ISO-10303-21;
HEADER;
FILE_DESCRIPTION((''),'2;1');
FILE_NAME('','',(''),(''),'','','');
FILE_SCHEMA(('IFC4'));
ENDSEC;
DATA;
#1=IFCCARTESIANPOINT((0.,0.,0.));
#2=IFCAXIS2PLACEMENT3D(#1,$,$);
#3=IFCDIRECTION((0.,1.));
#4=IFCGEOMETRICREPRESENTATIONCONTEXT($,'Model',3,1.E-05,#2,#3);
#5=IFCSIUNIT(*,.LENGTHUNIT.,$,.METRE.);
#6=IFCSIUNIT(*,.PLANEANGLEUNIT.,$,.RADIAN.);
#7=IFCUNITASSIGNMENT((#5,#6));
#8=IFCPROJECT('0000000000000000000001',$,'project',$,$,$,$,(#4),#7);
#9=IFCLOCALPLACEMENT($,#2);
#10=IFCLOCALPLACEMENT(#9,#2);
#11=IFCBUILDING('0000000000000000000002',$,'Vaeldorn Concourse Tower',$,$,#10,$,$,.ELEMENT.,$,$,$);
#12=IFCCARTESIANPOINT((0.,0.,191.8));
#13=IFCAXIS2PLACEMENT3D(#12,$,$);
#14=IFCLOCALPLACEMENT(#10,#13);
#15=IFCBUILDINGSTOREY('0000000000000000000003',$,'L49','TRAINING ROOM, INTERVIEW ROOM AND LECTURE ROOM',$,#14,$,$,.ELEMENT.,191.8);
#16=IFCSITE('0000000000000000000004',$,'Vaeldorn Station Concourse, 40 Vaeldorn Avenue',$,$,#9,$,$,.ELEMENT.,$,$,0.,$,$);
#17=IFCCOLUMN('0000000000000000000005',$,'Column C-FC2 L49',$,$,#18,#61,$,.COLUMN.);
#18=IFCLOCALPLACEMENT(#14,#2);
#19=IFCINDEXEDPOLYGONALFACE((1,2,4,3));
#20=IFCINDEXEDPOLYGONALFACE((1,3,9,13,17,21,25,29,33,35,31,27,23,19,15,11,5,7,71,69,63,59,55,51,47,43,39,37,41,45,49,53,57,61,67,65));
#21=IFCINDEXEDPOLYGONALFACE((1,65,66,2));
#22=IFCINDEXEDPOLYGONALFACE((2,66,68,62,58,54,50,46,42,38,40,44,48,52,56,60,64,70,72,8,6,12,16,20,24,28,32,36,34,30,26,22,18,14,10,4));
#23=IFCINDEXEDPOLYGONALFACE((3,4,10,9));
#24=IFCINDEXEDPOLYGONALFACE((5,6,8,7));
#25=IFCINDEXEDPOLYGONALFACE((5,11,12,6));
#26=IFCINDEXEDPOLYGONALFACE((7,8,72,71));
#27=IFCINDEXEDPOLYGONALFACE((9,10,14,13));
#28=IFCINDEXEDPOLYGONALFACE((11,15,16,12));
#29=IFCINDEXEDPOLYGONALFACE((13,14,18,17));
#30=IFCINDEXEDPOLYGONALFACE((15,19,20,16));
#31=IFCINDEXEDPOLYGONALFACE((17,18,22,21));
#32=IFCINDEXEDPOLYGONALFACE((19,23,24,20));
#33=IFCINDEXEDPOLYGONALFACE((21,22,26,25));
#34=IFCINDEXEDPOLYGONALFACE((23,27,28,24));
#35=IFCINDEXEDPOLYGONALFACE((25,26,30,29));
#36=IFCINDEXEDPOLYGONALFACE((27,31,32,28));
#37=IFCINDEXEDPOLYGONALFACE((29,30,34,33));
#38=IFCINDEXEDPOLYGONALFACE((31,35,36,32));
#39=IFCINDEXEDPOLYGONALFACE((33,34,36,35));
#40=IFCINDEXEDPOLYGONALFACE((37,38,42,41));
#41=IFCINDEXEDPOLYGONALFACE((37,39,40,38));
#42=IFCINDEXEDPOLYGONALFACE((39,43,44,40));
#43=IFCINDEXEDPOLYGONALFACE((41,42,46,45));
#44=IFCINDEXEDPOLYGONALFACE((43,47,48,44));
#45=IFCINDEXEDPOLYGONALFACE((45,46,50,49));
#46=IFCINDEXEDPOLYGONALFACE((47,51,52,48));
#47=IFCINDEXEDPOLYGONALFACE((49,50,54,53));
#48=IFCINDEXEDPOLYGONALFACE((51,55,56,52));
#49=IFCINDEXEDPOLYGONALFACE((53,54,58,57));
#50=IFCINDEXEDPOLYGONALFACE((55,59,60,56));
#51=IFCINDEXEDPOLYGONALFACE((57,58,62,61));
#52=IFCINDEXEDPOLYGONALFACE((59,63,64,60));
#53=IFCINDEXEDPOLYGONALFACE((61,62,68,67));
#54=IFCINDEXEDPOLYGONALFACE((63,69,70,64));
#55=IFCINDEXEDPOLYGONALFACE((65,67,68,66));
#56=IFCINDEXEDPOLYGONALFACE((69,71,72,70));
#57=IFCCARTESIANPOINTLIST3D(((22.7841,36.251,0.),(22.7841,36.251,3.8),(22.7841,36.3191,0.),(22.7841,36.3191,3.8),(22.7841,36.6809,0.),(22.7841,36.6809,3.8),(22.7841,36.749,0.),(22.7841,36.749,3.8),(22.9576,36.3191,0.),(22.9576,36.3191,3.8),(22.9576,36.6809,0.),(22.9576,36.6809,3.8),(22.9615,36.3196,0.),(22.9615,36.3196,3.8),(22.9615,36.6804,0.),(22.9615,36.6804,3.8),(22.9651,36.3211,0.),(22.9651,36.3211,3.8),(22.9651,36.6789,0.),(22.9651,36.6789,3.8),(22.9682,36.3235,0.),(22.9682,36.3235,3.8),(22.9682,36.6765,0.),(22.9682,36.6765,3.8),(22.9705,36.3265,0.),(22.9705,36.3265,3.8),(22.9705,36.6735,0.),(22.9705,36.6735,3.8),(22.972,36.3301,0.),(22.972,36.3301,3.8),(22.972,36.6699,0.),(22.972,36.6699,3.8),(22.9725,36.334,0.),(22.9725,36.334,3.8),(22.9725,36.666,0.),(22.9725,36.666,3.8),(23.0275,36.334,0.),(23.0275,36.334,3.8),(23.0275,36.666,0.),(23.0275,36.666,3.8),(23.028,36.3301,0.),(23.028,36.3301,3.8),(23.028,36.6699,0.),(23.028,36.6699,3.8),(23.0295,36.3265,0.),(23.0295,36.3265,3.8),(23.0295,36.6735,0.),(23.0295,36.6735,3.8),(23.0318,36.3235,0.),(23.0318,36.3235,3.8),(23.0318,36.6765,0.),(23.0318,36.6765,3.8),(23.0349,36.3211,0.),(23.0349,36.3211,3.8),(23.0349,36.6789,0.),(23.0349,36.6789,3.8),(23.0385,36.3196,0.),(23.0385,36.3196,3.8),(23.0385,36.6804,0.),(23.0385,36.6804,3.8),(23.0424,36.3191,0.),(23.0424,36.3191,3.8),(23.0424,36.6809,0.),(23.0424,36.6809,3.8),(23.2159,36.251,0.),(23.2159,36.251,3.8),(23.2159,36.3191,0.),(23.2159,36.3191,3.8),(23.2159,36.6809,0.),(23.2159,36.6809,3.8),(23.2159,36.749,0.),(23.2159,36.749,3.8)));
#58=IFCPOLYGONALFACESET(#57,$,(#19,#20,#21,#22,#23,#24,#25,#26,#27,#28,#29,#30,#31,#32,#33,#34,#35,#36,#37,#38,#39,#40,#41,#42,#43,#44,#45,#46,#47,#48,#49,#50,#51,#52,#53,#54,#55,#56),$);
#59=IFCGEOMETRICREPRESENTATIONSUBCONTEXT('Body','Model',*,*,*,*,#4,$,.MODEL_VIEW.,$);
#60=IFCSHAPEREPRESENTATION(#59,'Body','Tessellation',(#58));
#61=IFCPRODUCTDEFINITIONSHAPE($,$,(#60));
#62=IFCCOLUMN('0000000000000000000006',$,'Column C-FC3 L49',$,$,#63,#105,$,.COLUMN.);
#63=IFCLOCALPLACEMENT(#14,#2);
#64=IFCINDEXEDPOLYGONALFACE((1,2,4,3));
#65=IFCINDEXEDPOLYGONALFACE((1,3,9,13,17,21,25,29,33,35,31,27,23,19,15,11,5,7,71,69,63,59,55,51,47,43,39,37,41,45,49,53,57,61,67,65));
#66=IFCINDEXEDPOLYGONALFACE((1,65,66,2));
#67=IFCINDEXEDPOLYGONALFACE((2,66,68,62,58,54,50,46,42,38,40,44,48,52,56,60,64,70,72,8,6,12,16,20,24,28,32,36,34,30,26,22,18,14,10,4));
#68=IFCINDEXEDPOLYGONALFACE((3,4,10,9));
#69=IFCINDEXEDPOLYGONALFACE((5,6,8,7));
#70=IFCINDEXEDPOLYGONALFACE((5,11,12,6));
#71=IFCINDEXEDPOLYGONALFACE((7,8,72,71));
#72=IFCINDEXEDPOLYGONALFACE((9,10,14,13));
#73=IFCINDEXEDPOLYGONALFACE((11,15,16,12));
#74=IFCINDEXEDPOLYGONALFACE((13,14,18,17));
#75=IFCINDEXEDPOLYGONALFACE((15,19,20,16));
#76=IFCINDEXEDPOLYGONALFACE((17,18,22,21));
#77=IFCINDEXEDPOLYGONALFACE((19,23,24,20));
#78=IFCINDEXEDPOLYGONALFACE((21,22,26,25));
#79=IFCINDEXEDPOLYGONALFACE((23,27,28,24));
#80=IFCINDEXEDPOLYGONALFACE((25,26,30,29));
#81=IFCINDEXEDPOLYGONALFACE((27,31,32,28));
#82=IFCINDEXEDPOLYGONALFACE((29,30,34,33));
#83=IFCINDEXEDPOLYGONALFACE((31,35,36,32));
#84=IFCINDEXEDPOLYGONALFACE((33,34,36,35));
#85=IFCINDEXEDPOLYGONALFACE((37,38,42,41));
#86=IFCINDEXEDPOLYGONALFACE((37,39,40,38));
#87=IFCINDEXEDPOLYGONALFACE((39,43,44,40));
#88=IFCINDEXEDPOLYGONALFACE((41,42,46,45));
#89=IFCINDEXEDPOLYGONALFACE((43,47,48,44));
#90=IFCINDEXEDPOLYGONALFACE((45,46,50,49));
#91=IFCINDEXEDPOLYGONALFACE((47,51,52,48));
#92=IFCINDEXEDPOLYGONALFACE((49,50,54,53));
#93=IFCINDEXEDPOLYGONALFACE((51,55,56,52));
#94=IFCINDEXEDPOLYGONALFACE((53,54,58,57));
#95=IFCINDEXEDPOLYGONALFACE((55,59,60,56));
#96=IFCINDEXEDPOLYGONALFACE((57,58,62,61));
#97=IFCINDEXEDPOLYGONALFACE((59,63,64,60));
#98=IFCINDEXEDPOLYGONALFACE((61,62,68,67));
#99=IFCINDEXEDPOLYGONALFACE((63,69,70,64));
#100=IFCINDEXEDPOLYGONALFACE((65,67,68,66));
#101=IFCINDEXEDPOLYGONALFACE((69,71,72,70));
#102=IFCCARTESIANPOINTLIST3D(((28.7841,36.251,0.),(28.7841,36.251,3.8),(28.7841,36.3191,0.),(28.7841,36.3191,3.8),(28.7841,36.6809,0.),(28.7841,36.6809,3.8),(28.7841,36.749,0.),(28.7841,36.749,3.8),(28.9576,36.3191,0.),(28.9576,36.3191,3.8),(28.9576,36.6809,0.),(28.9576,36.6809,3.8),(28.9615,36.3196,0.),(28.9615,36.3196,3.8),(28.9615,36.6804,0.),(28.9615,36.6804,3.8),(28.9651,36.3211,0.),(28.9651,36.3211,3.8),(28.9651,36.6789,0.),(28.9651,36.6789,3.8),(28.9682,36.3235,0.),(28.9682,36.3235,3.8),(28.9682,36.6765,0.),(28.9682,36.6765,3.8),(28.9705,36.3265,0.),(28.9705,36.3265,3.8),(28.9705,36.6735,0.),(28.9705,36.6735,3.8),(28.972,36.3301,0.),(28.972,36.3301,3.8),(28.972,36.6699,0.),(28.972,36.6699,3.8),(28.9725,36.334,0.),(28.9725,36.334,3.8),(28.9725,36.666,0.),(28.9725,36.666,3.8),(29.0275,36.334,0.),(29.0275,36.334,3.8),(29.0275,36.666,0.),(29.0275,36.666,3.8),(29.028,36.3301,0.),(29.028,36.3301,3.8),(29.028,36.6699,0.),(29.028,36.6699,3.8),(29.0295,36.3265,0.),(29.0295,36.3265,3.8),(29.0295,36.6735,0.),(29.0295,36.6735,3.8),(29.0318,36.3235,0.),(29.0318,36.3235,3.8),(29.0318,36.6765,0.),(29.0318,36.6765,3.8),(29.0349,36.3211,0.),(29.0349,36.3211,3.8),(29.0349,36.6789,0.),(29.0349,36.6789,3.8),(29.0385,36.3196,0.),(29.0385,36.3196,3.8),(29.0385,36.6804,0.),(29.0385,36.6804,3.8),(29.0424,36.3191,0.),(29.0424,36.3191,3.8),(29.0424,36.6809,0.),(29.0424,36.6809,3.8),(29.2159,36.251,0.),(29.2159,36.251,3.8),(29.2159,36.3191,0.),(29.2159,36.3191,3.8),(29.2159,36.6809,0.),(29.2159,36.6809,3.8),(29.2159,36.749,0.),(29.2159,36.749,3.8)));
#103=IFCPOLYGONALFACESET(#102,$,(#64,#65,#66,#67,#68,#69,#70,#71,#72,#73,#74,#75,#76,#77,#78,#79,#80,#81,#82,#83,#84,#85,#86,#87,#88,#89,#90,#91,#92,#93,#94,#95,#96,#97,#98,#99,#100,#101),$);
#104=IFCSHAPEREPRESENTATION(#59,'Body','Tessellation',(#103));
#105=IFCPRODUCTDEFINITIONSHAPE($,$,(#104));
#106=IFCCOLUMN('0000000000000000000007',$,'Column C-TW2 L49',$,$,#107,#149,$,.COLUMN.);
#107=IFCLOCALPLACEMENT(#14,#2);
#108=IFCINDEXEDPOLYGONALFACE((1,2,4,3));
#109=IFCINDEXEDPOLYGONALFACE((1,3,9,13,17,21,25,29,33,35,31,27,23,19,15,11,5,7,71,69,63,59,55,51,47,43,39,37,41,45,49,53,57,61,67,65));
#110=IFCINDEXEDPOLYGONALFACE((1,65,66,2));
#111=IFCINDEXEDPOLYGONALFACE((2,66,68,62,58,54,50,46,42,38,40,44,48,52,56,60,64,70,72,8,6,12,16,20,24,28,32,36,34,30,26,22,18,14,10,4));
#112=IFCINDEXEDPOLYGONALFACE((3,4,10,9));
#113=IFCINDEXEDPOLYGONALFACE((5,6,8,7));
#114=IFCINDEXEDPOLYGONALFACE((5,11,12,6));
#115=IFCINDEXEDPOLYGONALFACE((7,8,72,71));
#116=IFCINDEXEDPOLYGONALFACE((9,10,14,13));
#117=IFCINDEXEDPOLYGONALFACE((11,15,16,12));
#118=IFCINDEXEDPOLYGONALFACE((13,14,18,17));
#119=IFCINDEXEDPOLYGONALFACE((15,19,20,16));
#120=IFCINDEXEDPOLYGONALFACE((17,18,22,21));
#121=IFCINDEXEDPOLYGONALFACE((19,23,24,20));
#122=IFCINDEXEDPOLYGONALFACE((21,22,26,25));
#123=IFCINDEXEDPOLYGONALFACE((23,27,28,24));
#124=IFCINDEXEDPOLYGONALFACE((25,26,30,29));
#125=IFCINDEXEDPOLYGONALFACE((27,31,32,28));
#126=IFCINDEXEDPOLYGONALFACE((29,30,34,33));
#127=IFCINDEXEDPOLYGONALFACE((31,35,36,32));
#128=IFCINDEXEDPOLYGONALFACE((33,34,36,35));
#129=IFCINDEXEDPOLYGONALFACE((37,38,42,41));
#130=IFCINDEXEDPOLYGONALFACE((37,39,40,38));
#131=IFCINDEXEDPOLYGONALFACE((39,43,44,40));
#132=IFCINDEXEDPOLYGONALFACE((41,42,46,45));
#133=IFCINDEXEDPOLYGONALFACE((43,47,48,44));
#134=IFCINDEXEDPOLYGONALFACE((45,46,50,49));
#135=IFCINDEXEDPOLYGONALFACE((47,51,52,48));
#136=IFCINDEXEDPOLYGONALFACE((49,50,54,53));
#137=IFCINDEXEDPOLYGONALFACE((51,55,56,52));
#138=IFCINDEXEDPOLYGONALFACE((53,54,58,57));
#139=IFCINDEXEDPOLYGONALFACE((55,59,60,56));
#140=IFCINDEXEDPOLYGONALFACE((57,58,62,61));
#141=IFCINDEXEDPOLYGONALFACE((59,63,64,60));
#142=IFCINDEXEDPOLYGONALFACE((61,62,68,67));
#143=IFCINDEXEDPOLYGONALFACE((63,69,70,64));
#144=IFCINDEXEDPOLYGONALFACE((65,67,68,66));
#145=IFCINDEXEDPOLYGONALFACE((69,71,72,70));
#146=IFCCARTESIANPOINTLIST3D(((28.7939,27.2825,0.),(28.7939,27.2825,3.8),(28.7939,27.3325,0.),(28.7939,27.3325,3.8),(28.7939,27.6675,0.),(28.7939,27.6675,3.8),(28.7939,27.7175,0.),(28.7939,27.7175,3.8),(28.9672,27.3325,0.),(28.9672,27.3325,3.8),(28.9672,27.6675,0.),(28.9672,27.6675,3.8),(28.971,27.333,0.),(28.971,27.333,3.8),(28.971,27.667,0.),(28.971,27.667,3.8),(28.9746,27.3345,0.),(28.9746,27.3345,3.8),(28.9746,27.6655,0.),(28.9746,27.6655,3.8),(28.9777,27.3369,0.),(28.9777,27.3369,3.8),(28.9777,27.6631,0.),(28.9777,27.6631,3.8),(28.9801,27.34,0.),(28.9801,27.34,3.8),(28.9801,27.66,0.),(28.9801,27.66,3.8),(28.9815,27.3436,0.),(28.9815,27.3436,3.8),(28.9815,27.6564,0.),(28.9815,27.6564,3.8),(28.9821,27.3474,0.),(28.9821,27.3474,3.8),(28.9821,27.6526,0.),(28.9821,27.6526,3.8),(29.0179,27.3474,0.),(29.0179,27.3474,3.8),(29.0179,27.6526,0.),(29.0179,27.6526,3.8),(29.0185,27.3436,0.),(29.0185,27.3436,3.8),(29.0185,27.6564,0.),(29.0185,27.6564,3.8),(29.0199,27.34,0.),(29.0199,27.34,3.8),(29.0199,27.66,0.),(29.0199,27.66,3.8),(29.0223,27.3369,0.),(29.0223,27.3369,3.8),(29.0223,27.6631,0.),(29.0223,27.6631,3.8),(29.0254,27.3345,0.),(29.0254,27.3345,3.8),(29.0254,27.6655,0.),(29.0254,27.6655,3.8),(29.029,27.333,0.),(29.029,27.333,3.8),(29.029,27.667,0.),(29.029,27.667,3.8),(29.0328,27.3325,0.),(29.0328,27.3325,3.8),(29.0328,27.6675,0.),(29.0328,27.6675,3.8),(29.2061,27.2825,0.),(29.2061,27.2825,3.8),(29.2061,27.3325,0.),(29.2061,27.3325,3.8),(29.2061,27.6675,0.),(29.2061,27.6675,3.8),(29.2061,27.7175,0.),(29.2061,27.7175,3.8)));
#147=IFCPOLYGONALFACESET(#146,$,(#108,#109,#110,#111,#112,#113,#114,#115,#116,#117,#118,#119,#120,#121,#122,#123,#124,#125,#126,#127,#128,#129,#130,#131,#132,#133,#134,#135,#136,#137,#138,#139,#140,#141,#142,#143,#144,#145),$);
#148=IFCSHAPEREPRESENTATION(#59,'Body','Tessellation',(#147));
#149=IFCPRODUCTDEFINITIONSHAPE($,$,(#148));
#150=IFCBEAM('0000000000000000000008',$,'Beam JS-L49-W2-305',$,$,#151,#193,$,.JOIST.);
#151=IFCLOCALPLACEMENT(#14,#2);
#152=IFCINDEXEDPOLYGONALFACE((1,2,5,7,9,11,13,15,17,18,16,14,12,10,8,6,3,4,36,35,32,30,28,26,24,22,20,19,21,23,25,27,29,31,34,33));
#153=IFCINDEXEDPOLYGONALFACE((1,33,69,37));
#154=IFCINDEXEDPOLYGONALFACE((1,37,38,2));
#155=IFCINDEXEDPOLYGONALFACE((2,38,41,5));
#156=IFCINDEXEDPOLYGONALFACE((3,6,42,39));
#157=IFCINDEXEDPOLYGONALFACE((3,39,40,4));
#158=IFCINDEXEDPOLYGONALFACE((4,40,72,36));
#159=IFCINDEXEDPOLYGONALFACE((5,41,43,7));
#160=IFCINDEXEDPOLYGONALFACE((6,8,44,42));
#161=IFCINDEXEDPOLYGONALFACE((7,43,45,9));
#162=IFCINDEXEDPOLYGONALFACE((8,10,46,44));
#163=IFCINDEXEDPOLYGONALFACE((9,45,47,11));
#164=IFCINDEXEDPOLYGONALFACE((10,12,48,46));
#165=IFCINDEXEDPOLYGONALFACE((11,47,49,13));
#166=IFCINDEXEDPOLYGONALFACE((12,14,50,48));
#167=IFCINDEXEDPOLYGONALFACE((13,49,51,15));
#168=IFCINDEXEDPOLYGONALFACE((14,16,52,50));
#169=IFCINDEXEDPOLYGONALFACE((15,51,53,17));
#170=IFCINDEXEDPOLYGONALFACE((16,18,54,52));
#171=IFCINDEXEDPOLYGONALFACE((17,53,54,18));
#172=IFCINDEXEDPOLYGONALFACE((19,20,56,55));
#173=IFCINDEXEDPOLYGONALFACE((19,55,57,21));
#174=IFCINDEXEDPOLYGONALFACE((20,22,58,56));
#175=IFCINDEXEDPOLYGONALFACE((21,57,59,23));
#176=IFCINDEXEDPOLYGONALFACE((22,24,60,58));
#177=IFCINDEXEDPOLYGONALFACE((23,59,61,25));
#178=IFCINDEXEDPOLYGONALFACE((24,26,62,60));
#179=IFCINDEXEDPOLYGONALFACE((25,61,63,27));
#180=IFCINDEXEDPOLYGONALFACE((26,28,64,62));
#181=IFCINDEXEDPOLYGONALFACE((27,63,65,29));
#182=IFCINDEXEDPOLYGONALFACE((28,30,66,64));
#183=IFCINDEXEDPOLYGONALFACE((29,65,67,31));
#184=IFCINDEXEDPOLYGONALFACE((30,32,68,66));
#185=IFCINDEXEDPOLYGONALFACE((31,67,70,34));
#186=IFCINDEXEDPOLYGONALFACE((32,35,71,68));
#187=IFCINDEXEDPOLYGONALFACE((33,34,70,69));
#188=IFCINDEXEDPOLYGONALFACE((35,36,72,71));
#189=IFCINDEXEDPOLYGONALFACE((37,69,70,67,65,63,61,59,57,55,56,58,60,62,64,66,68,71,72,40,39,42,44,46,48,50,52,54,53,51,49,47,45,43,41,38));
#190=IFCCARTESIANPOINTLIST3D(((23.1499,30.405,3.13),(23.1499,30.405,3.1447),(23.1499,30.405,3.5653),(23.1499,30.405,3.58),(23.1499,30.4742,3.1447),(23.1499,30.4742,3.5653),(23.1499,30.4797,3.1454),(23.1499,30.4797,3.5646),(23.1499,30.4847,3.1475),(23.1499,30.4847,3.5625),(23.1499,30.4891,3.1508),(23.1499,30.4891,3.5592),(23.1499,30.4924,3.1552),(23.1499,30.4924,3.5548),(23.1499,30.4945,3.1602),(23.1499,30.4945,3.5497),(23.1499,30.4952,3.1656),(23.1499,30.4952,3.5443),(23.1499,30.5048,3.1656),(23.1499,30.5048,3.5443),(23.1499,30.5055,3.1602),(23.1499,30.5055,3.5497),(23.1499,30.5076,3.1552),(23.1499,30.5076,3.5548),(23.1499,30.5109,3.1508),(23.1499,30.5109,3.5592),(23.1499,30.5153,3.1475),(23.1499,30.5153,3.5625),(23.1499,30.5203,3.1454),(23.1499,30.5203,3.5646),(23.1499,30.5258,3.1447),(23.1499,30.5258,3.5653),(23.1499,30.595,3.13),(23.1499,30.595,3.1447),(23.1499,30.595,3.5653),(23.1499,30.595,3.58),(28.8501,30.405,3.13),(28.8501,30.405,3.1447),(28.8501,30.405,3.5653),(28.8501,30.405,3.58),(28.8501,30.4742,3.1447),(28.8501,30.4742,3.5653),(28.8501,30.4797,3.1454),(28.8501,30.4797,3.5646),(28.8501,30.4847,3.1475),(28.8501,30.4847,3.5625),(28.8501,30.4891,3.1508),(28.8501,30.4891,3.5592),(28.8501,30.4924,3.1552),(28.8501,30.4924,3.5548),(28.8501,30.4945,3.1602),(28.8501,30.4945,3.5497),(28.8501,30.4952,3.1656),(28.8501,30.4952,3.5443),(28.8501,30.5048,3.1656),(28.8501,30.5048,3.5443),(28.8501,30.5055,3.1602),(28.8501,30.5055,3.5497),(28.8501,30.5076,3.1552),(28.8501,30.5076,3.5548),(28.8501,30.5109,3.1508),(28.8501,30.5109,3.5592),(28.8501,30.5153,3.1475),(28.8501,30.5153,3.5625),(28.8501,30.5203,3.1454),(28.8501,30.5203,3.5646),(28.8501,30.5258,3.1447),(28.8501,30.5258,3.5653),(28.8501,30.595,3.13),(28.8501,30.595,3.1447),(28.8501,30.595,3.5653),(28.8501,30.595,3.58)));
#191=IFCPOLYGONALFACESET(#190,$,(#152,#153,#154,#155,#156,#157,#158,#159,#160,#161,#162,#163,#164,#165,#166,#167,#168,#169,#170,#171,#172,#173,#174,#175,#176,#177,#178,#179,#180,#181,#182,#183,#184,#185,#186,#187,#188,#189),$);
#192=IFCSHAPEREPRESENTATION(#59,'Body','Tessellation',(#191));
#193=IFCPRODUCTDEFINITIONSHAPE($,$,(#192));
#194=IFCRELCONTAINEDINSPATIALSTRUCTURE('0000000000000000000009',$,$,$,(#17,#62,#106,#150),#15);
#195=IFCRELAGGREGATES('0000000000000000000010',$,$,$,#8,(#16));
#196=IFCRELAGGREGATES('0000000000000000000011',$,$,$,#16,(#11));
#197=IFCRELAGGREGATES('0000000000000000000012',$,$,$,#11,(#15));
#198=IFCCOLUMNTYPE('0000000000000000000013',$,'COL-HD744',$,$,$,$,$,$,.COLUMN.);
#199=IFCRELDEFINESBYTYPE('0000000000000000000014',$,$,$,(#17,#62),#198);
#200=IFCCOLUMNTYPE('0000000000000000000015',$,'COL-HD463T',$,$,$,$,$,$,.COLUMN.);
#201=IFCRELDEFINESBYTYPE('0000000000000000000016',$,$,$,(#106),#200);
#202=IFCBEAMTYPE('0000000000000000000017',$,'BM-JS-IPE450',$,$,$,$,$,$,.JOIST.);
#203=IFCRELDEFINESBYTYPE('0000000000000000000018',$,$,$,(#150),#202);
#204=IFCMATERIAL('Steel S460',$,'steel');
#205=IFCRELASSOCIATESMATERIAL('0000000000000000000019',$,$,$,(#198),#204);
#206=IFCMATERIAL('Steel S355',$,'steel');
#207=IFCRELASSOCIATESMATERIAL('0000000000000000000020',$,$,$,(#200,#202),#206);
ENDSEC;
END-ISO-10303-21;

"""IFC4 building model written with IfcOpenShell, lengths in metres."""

from ifc_helpers import new_model, si_unit, direction, frame, origin, origin_2d, place, context, subcontext, project, spatial, i_section, extrude, source, transform, mapped, material, material_profile, profile_set, type_object, element, save


model = new_model("IFC4")

# Units and contexts
model_context = context("Model", 3, precision=1e-05, world=origin(), true_north=direction((0.0, 1.0)))
body_context = subcontext(model_context, "Body", "Model", "MODEL_VIEW")
ifc_project = project(units=[si_unit("LENGTHUNIT", "METRE"), si_unit("PLANEANGLEUNIT", "RADIAN")], contexts=[model_context])

# Site, building, storey
site_placement = place(None, origin())
site = spatial("IfcSite", under=ifc_project, at=site_placement, Name="Vaeldorn Station Concourse, 40 Vaeldorn Avenue", CompositionType="ELEMENT", RefElevation=0.0)
building_placement = place(site_placement, origin())
building = spatial("IfcBuilding", under=site, at=building_placement, Name="Vaeldorn Concourse Tower", CompositionType="ELEMENT")
storey_placement = place(building_placement, frame((0.0, 0.0, 191.8)))
storey = spatial("IfcBuildingStorey", under=building, at=storey_placement, Name="L49", Description="TRAINING ROOM, INTERVIEW ROOM AND LECTURE ROOM", CompositionType="ELEMENT", Elevation=191.8)

# Columns
ifc_material_1 = material(Name="Steel S460", Category="steel")
ifc_material_profile_1 = material_profile(ifc_material_1, i_section(OverallWidth=0.4319, OverallDepth=0.498, WebThickness=0.0549, FlangeThickness=0.0681, FilletRadius=0.0149, at=origin_2d()), Name="HD 400x744")
ifc_profile_set_1 = profile_set([ifc_material_profile_1], Name="Steel S460")
column_type_1 = type_object("IfcColumnType", Name="COL-HD744", PredefinedType="COLUMN", material=ifc_profile_set_1)
shared_shape_1 = source(origin(), body_context, "Body", "SweptSolid", [
    extrude(i_section(OverallWidth=0.4319, OverallDepth=0.498, WebThickness=0.0549, FlangeThickness=0.0681, FilletRadius=0.0149, at=origin_2d()), origin(), (0.0, 0.0, 1.0), 3.8),
])
for number, where, z_axis, x_axis, name in (
    (1, (23.0, 36.5, 0.0), (0.0, 0.0, 1.0), (1.0, 0.0, 0.0), "Column C-FC2 L49"),
    (2, (29.0, 36.5, 0.0), (0.0, 0.0, 1.0), (1.0, 0.0, 0.0), "Column C-FC3 L49"),
):
    element("IfcColumn", number, at=place(storey_placement, frame(where, z_axis=z_axis, x_axis=x_axis)), inside=storey, type_object=column_type_1, Name=name, PredefinedType="COLUMN", context=body_context, shape_type="MappedRepresentation", body=[
        mapped(shared_shape_1, transform((0.0, 0.0, 0.0), scale=1.0)),
    ])
ifc_material_2 = material(Name="Steel S355", Category="steel")
ifc_material_profile_2 = material_profile(ifc_material_2, i_section(OverallWidth=0.4121, OverallDepth=0.4351, WebThickness=0.0359, FlangeThickness=0.05, FilletRadius=0.0149, at=origin_2d()), Name="HD 400x463")
ifc_profile_set_2 = profile_set([ifc_material_profile_2], Name="Steel S355")
column_type_2 = type_object("IfcColumnType", Name="COL-HD463T", PredefinedType="COLUMN", material=ifc_profile_set_2)
shared_shape_2 = source(origin(), body_context, "Body", "SweptSolid", [
    extrude(i_section(OverallWidth=0.4121, OverallDepth=0.4351, WebThickness=0.0359, FlangeThickness=0.05, FilletRadius=0.0149, at=origin_2d()), origin(), (0.0, 0.0, 1.0), 3.8),
])
column_placement = place(storey_placement, frame((29.0, 27.5, 0.0), z_axis=(0.0, 0.0, 1.0), x_axis=(1.0, 0.0, 0.0)))
element("IfcColumn", 3, at=column_placement, inside=storey, type_object=column_type_2, Name="Column C-TW2 L49", PredefinedType="COLUMN", context=body_context, shape_type="MappedRepresentation", body=[
    mapped(shared_shape_2, transform((0.0, 0.0, 0.0), scale=1.0)),
])

# Beam
ifc_material_profile_3 = material_profile(ifc_material_2, i_section(OverallWidth=0.1899, OverallDepth=0.45, WebThickness=0.0095, FlangeThickness=0.0146, FilletRadius=0.021, at=origin_2d()), Name="IPE 450")
ifc_profile_set_3 = profile_set([ifc_material_profile_3], Name="Steel S355")
beam_type_1 = type_object("IfcBeamType", Name="BM-JS-IPE450", PredefinedType="JOIST", material=ifc_profile_set_3)
shared_shape_3 = source(origin(), body_context, "Body", "SweptSolid", [
    extrude(i_section(OverallWidth=0.1899, OverallDepth=0.45, WebThickness=0.0095, FlangeThickness=0.0146, FilletRadius=0.021, at=origin_2d()), origin(), (0.0, 0.0, 1.0), 5.7002),
])
for number, where, z_axis, x_axis, name in (
    (4, (23.1499, 30.5, 3.355), (1.0, 0.0, 0.0), (0.0, 1.0, 0.0), "Beam JS-L49-W2-305"),
):
    element("IfcBeam", number, at=place(storey_placement, frame(where, z_axis=z_axis, x_axis=x_axis)), inside=storey, type_object=beam_type_1, Name=name, PredefinedType="JOIST", context=body_context, shape_type="MappedRepresentation", body=[
        mapped(shared_shape_3, transform((0.0, 0.0, 0.0), scale=1.0)),
    ])

save(model, "model.ifc")
